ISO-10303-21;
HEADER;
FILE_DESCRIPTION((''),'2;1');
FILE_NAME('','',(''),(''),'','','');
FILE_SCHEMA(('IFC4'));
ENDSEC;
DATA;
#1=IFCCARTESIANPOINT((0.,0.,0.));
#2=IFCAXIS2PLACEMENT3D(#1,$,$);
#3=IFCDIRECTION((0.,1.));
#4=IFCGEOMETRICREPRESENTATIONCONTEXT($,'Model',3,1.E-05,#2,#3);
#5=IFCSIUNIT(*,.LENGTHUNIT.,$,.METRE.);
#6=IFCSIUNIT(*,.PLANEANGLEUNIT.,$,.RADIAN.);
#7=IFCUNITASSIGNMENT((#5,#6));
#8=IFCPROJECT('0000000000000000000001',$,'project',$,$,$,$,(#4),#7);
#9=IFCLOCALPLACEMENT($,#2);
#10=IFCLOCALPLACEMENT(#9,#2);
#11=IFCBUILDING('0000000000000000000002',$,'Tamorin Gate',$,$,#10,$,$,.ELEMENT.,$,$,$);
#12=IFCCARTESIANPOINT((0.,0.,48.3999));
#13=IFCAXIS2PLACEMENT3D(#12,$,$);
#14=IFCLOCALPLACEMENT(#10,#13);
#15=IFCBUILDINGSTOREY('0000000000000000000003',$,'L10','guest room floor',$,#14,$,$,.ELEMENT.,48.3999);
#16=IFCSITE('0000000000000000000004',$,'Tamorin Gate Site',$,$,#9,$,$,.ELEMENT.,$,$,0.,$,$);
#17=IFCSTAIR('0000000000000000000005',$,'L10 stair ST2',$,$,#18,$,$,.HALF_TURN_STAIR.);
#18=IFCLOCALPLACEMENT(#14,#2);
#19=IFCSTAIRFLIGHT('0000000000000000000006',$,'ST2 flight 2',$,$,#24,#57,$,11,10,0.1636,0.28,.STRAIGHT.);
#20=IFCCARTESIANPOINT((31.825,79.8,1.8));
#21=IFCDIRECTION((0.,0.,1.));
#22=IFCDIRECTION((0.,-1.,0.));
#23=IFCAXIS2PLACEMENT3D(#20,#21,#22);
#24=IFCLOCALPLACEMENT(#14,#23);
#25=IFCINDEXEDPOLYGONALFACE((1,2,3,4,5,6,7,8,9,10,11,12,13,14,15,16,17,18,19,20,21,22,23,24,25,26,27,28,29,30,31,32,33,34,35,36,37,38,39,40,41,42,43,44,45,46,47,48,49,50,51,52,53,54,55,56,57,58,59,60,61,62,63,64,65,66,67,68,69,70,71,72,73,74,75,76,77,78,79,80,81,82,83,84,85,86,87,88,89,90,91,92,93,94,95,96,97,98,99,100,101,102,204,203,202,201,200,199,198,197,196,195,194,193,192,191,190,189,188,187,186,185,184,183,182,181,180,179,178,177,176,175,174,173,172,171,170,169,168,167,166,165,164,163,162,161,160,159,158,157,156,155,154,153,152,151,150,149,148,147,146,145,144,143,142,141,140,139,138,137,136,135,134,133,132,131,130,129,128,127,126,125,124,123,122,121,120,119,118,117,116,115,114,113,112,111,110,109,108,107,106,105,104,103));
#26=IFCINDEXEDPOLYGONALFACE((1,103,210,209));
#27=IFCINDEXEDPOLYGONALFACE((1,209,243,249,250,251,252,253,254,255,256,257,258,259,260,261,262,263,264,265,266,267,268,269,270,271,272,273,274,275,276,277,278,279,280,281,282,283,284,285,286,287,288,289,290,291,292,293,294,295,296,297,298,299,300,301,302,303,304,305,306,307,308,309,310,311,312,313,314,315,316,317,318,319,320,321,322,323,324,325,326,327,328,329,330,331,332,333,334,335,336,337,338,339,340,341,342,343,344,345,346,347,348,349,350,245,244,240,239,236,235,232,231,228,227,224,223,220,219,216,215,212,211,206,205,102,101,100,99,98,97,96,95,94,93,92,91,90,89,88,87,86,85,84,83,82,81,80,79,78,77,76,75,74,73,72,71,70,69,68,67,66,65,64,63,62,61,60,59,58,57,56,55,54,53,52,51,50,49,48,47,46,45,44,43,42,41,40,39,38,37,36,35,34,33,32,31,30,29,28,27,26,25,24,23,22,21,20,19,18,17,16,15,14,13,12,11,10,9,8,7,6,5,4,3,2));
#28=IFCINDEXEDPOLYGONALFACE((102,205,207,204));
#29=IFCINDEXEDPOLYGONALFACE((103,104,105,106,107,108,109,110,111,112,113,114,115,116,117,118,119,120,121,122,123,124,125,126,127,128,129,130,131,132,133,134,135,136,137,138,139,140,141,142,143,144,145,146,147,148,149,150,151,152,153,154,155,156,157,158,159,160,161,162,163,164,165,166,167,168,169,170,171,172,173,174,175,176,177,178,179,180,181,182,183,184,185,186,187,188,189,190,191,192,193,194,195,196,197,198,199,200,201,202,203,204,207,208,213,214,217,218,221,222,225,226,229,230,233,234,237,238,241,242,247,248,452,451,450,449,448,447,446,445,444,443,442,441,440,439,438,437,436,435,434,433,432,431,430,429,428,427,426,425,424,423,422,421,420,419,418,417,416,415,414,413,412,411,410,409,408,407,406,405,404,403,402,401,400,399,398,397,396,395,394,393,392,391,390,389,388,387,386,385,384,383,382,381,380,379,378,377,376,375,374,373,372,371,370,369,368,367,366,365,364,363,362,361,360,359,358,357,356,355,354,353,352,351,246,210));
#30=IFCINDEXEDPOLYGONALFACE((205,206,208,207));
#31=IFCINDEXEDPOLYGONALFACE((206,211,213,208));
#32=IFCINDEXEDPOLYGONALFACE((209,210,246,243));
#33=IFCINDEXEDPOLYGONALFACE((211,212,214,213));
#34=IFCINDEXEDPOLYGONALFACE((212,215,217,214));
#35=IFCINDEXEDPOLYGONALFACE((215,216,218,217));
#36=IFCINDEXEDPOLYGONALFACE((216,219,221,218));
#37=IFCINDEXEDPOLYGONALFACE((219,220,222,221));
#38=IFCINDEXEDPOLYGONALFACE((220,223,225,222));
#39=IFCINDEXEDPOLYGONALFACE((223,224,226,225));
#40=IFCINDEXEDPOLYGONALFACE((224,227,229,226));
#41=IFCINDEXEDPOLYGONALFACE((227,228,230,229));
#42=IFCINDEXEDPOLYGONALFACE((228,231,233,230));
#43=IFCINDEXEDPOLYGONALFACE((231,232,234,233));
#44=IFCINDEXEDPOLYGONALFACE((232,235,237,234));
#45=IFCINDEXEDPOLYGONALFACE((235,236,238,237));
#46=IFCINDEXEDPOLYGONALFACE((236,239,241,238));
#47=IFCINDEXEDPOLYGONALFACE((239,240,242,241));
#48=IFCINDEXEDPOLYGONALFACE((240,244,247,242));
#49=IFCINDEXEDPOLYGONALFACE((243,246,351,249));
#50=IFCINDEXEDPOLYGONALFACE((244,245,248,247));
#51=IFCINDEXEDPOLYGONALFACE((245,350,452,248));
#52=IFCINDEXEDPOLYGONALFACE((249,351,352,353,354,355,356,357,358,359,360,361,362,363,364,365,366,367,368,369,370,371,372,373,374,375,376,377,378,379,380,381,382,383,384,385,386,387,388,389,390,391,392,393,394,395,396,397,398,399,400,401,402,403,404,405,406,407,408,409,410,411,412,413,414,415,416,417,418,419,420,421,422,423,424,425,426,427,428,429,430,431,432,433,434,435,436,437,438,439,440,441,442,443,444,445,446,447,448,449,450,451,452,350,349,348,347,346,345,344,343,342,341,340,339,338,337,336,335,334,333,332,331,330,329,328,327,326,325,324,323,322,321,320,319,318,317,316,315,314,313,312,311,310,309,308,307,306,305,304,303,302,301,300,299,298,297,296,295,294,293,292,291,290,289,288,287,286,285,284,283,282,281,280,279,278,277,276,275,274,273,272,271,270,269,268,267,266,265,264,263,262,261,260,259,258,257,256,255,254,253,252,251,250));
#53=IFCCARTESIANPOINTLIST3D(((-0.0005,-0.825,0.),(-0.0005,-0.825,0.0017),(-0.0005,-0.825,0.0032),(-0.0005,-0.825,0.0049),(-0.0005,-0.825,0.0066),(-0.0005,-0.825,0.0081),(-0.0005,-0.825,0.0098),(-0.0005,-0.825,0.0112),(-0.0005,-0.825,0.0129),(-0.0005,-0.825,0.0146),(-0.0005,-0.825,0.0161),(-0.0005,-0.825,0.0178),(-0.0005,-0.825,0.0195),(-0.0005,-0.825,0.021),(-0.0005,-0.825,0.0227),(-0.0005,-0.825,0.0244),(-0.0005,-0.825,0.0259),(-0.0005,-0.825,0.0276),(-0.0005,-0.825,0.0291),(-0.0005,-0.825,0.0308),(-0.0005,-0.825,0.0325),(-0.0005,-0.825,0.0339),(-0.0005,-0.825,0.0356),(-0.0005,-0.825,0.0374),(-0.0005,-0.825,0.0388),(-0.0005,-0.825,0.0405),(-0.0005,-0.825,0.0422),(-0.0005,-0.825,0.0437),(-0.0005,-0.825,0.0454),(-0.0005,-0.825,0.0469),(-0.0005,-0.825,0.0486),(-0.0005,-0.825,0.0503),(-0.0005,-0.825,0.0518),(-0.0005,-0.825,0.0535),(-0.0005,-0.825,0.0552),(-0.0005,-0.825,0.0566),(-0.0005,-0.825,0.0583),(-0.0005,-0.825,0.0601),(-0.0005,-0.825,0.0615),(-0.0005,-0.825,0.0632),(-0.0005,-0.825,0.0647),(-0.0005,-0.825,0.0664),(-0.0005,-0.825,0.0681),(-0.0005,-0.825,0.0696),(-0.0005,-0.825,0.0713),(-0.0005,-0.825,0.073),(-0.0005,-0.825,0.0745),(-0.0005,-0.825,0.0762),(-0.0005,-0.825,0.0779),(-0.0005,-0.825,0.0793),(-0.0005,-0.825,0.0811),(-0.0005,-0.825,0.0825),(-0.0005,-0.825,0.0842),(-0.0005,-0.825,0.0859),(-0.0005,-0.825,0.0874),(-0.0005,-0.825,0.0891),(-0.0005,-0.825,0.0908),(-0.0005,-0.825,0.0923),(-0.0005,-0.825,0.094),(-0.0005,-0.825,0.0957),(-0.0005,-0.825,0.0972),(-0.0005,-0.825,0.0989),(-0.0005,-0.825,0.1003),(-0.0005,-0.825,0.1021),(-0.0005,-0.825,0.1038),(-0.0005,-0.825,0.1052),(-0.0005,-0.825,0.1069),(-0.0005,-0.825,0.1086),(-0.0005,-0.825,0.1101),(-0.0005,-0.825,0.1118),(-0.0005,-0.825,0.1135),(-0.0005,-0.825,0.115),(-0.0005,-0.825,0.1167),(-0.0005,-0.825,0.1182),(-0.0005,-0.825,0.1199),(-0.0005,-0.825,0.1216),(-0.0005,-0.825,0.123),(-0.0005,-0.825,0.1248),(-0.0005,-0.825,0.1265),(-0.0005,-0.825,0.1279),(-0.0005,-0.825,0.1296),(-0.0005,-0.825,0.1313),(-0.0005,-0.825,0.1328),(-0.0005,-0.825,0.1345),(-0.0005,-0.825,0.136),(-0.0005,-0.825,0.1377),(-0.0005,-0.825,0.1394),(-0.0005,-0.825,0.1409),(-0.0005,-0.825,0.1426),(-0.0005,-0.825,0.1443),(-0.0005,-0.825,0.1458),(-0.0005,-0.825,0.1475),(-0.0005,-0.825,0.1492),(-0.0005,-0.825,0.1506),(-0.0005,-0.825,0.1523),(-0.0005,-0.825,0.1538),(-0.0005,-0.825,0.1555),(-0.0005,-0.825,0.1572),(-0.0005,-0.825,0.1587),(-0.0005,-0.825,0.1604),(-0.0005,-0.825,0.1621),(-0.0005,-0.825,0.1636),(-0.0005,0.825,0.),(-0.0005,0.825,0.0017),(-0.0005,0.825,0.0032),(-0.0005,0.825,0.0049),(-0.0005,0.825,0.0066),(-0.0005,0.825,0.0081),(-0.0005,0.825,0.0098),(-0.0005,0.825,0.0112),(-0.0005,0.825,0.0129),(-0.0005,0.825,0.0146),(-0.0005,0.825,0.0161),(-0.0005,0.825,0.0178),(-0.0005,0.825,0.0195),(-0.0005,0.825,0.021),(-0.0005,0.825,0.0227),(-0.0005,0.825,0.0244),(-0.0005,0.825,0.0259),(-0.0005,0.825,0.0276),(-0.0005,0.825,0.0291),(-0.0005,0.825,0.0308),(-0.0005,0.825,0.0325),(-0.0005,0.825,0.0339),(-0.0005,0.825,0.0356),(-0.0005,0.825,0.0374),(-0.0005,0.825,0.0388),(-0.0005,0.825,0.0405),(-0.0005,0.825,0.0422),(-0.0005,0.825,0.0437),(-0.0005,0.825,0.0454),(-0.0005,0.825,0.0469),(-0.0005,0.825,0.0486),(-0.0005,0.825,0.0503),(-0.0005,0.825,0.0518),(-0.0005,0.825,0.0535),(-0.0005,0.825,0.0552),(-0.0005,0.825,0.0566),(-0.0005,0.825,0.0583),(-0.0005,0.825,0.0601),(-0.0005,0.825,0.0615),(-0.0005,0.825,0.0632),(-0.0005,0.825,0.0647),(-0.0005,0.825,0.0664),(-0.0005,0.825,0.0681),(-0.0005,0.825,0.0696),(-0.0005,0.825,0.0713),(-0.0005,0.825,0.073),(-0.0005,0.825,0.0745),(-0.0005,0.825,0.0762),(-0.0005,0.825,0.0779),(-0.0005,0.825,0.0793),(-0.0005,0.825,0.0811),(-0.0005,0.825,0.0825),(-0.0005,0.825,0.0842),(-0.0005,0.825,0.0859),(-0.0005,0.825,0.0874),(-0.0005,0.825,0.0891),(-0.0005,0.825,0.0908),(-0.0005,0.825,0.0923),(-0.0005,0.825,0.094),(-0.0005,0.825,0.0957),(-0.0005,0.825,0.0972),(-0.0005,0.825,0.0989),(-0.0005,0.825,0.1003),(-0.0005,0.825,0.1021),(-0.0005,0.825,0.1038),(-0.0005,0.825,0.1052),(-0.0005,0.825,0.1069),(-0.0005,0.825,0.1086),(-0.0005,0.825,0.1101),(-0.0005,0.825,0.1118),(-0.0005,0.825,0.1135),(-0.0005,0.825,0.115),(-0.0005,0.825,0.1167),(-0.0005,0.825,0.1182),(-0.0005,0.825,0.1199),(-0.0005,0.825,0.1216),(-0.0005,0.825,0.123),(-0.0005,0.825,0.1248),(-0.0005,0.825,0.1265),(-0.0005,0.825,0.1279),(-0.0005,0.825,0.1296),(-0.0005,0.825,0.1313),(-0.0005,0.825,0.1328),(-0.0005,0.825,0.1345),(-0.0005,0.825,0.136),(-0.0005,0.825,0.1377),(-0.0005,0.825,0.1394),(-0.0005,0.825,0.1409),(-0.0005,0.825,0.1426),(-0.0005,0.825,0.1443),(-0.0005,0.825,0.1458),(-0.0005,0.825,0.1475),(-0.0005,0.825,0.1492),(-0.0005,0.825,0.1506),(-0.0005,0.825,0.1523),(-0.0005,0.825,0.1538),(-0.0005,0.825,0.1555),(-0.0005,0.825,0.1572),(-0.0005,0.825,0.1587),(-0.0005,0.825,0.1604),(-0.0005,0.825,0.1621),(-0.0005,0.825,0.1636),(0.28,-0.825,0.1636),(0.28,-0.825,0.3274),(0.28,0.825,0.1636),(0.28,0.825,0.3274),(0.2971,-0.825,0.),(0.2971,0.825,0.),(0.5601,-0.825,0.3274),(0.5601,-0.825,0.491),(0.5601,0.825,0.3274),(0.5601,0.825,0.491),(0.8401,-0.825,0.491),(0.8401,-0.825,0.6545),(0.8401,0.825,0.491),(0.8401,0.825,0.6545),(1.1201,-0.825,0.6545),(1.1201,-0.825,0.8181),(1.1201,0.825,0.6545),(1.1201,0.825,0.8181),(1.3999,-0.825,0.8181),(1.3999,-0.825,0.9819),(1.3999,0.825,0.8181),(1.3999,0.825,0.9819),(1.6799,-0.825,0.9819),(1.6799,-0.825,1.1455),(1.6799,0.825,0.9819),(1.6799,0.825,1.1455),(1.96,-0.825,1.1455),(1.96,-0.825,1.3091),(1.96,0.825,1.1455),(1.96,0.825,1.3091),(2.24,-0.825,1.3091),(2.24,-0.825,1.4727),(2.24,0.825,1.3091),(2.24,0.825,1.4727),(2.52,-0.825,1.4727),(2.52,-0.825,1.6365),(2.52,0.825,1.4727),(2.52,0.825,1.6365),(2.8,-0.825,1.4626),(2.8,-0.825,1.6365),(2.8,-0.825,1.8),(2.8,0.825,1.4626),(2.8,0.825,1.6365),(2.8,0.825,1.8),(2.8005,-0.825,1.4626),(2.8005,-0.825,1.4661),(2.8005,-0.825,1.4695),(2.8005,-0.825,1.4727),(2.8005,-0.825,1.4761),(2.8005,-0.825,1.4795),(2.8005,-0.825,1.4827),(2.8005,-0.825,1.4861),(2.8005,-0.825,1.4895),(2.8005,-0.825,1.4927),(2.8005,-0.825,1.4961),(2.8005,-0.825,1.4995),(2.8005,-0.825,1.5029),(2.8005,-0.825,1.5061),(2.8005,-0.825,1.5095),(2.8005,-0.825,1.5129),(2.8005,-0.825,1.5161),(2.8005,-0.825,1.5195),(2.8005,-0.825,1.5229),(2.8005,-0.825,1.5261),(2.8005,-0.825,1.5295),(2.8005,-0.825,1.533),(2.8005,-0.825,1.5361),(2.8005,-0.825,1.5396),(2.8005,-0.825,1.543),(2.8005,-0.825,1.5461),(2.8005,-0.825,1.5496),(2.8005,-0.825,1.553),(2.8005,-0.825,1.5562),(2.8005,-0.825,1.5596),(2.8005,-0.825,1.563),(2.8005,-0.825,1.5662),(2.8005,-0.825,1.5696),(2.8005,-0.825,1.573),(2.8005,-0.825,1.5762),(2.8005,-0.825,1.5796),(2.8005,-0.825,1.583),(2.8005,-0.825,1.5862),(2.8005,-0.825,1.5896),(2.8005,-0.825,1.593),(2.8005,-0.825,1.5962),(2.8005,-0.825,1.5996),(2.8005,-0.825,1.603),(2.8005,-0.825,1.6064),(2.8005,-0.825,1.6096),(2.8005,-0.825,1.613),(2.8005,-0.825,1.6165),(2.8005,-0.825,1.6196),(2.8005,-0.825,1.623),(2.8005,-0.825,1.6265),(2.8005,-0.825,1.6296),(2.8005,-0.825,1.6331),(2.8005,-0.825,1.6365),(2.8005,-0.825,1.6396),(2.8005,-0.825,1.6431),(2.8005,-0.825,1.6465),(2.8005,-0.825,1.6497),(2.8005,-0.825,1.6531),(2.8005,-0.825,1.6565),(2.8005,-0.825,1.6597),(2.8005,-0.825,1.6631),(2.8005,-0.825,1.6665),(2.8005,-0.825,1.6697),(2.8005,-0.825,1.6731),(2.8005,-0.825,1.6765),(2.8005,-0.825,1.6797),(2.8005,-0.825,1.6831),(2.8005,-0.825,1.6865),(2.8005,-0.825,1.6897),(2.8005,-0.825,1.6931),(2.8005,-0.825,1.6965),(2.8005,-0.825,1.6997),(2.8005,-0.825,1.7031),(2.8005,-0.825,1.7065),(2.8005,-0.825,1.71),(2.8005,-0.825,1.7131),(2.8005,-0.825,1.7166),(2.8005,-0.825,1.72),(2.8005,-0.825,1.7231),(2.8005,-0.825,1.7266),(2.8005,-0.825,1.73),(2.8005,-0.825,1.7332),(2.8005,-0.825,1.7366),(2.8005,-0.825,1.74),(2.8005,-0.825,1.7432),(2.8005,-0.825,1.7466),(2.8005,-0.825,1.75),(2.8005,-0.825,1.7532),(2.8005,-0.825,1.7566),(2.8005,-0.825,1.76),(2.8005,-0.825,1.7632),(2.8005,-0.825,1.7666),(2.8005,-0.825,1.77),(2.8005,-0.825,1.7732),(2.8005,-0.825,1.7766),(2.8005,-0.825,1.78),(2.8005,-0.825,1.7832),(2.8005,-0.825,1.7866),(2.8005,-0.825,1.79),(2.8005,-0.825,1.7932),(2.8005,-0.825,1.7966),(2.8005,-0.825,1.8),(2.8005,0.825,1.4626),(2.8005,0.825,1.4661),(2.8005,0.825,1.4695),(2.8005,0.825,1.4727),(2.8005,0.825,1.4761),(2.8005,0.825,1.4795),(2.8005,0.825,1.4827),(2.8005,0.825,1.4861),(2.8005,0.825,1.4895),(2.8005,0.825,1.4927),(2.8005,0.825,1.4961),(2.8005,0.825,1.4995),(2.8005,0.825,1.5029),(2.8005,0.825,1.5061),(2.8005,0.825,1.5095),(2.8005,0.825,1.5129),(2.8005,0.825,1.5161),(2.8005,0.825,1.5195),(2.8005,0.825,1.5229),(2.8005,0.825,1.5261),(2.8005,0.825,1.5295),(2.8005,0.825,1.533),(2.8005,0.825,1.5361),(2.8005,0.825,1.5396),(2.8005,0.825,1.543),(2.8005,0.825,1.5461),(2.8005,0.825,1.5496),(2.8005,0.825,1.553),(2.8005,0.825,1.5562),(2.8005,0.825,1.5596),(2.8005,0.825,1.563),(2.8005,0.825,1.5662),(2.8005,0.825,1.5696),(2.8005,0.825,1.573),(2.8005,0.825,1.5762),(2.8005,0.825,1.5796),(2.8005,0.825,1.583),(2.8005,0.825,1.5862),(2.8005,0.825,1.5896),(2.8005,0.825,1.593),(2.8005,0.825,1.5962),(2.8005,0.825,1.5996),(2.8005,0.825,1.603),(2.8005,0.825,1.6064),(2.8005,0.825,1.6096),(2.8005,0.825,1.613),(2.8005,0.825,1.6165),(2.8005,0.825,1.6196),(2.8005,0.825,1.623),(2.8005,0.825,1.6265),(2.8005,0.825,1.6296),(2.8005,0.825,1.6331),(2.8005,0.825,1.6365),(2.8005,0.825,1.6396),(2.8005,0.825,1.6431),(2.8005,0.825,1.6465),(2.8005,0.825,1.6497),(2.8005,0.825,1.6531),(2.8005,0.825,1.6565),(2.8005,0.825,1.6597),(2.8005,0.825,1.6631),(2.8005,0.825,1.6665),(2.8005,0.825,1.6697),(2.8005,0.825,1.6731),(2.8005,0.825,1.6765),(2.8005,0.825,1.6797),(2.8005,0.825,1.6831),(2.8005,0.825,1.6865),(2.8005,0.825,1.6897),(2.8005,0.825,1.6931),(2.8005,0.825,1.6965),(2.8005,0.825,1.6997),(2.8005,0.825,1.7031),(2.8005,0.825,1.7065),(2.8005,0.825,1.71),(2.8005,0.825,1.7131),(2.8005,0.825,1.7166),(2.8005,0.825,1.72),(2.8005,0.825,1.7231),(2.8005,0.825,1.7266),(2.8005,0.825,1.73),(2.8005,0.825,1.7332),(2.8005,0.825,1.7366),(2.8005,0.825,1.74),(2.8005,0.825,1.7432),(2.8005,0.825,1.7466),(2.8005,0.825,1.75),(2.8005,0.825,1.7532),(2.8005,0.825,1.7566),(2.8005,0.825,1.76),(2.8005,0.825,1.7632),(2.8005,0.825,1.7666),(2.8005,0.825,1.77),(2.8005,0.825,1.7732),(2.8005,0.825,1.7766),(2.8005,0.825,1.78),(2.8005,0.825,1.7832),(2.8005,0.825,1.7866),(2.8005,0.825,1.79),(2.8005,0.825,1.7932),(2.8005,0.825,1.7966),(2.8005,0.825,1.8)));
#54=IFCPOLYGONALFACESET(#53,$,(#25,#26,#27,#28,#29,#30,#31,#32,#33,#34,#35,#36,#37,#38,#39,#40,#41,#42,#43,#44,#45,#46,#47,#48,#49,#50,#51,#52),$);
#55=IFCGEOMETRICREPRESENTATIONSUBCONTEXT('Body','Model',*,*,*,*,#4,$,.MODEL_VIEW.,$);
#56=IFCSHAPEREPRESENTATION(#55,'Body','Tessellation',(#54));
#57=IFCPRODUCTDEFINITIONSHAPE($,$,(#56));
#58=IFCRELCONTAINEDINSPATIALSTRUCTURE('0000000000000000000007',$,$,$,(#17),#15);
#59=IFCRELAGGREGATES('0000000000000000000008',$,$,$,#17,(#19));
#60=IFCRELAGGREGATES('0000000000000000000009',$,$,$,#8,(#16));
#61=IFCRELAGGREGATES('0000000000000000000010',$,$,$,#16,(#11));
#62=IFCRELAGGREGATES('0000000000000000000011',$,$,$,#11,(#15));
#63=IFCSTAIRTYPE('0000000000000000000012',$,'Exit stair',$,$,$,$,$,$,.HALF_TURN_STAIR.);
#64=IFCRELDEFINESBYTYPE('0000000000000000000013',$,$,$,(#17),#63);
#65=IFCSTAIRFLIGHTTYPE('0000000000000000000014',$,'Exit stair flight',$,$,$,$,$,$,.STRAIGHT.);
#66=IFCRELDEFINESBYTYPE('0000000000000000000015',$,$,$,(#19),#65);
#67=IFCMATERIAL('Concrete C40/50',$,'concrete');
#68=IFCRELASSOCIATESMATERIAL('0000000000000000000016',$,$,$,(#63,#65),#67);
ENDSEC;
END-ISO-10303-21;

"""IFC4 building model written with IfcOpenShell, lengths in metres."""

from ifc_helpers import new_model, si_unit, direction, frame, origin, place, context, subcontext, project, spatial, polyline, outline, extrude, material, type_object, element, aggregate, save


model = new_model("IFC4")

# Units and contexts
model_context = context("Model", 3, precision=1e-05, world=origin(), true_north=direction((0.0, 1.0)))
body_context = subcontext(model_context, "Body", "Model", "MODEL_VIEW")
ifc_project = project(units=[si_unit("LENGTHUNIT", "METRE"), si_unit("PLANEANGLEUNIT", "RADIAN")], contexts=[model_context])

# Site, building, storey
site_placement = place(None, origin())
site = spatial("IfcSite", under=ifc_project, at=site_placement, Name="Tamorin Gate Site", CompositionType="ELEMENT", RefElevation=0.0)
building_placement = place(site_placement, origin())
building = spatial("IfcBuilding", under=site, at=building_placement, Name="Tamorin Gate", CompositionType="ELEMENT")
storey_placement = place(building_placement, frame((0.0, 0.0, 48.3999)))
storey = spatial("IfcBuildingStorey", under=building, at=storey_placement, Name="L10", Description="guest room floor", CompositionType="ELEMENT", Elevation=48.3999)

# Shared definitions
ifc_material_1 = material(Name="Concrete C40/50", Category="concrete")

# Stair, stair flight
stair_type = type_object("IfcStairType", Name="Exit stair", PredefinedType="HALF_TURN_STAIR", material=ifc_material_1)
stair_placement = place(storey_placement, origin())
stair = element("IfcStair", 1, at=stair_placement, inside=storey, type_object=stair_type, Name="L10 stair ST2", PredefinedType="HALF_TURN_STAIR")
stair_flight_type = type_object("IfcStairFlightType", Name="Exit stair flight", PredefinedType="STRAIGHT", material=ifc_material_1)
stair_flight_1_placement = place(storey_placement, frame((31.825, 79.8, 1.8), z_axis=(0.0, 0.0, 1.0), x_axis=(0.0, -1.0, 0.0)))
stair_flight_1 = element("IfcStairFlight", 2, at=stair_flight_1_placement, type_object=stair_flight_type, Name="ST2 flight 2", NumberOfRisers=11, NumberOfTreads=10, PredefinedType="STRAIGHT", RiserHeight=0.1636, TreadLength=0.28, context=body_context, shape_type="SweptSolid", body=[
    extrude(outline(polyline([(-0.0005, 0.0), (-0.0005, 0.0017), (-0.0005, 0.0032), (-0.0005, 0.0049), (-0.0005, 0.0066), (-0.0005, 0.0081), (-0.0005, 0.0098), (-0.0005, 0.0112), (-0.0005, 0.0129), (-0.0005, 0.0146), (-0.0005, 0.0161), (-0.0005, 0.0178), (-0.0005, 0.0195), (-0.0005, 0.021), (-0.0005, 0.0227), (-0.0005, 0.0244), (-0.0005, 0.0259), (-0.0005, 0.0276), (-0.0005, 0.0291), (-0.0005, 0.0308), (-0.0005, 0.0325), (-0.0005, 0.0339), (-0.0005, 0.0356), (-0.0005, 0.0374), (-0.0005, 0.0388), (-0.0005, 0.0405), (-0.0005, 0.0422), (-0.0005, 0.0437), (-0.0005, 0.0454), (-0.0005, 0.0469), (-0.0005, 0.0486), (-0.0005, 0.0503), (-0.0005, 0.0518), (-0.0005, 0.0535), (-0.0005, 0.0552), (-0.0005, 0.0566), (-0.0005, 0.0583), (-0.0005, 0.0601), (-0.0005, 0.0615), (-0.0005, 0.0632), (-0.0005, 0.0647), (-0.0005, 0.0664), (-0.0005, 0.0681), (-0.0005, 0.0696), (-0.0005, 0.0713), (-0.0005, 0.073), (-0.0005, 0.0745), (-0.0005, 0.0762), (-0.0005, 0.0779), (-0.0005, 0.0793), (-0.0005, 0.0811), (-0.0005, 0.0825), (-0.0005, 0.0842), (-0.0005, 0.0859), (-0.0005, 0.0874), (-0.0005, 0.0891), (-0.0005, 0.0908), (-0.0005, 0.0923), (-0.0005, 0.094), (-0.0005, 0.0957), (-0.0005, 0.0972), (-0.0005, 0.0989), (-0.0005, 0.1003), (-0.0005, 0.1021), (-0.0005, 0.1038), (-0.0005, 0.1052), (-0.0005, 0.1069), (-0.0005, 0.1086), (-0.0005, 0.1101), (-0.0005, 0.1118), (-0.0005, 0.1135), (-0.0005, 0.115), (-0.0005, 0.1167), (-0.0005, 0.1182), (-0.0005, 0.1199), (-0.0005, 0.1216), (-0.0005, 0.123), (-0.0005, 0.1248), (-0.0005, 0.1265), (-0.0005, 0.1279), (-0.0005, 0.1296), (-0.0005, 0.1313), (-0.0005, 0.1328), (-0.0005, 0.1345), (-0.0005, 0.136), (-0.0005, 0.1377), (-0.0005, 0.1394), (-0.0005, 0.1409), (-0.0005, 0.1426), (-0.0005, 0.1443), (-0.0005, 0.1458), (-0.0005, 0.1475), (-0.0005, 0.1492), (-0.0005, 0.1506), (-0.0005, 0.1523), (-0.0005, 0.1538), (-0.0005, 0.1555), (-0.0005, 0.1572), (-0.0005, 0.1587), (-0.0005, 0.1604), (-0.0005, 0.1621), (-0.0005, 0.1636), (0.28, 0.1636), (0.28, 0.3274), (0.5601, 0.3274), (0.5601, 0.491), (0.8401, 0.491), (0.8401, 0.6545), (1.1201, 0.6545), (1.1201, 0.8181), (1.3999, 0.8181), (1.3999, 0.9819), (1.6799, 0.9819), (1.6799, 1.1455), (1.96, 1.1455), (1.96, 1.3091), (2.24, 1.3091), (2.24, 1.4727), (2.52, 1.4727), (2.52, 1.6365), (2.8, 1.6365), (2.8, 1.8), (2.8005, 1.8), (2.8005, 1.7966), (2.8005, 1.7932), (2.8005, 1.79), (2.8005, 1.7866), (2.8005, 1.7832), (2.8005, 1.78), (2.8005, 1.7766), (2.8005, 1.7732), (2.8005, 1.77), (2.8005, 1.7666), (2.8005, 1.7632), (2.8005, 1.76), (2.8005, 1.7566), (2.8005, 1.7532), (2.8005, 1.75), (2.8005, 1.7466), (2.8005, 1.7432), (2.8005, 1.74), (2.8005, 1.7366), (2.8005, 1.7332), (2.8005, 1.73), (2.8005, 1.7266), (2.8005, 1.7231), (2.8005, 1.72), (2.8005, 1.7166), (2.8005, 1.7131), (2.8005, 1.71), (2.8005, 1.7065), (2.8005, 1.7031), (2.8005, 1.6997), (2.8005, 1.6965), (2.8005, 1.6931), (2.8005, 1.6897), (2.8005, 1.6865), (2.8005, 1.6831), (2.8005, 1.6797), (2.8005, 1.6765), (2.8005, 1.6731), (2.8005, 1.6697), (2.8005, 1.6665), (2.8005, 1.6631), (2.8005, 1.6597), (2.8005, 1.6565), (2.8005, 1.6531), (2.8005, 1.6497), (2.8005, 1.6465), (2.8005, 1.6431), (2.8005, 1.6396), (2.8005, 1.6365), (2.8005, 1.6331), (2.8005, 1.6296), (2.8005, 1.6265), (2.8005, 1.623), (2.8005, 1.6196), (2.8005, 1.6165), (2.8005, 1.613), (2.8005, 1.6096), (2.8005, 1.6064), (2.8005, 1.603), (2.8005, 1.5996), (2.8005, 1.5962), (2.8005, 1.593), (2.8005, 1.5896), (2.8005, 1.5862), (2.8005, 1.583), (2.8005, 1.5796), (2.8005, 1.5762), (2.8005, 1.573), (2.8005, 1.5696), (2.8005, 1.5662), (2.8005, 1.563), (2.8005, 1.5596), (2.8005, 1.5562), (2.8005, 1.553), (2.8005, 1.5496), (2.8005, 1.5461), (2.8005, 1.543), (2.8005, 1.5396), (2.8005, 1.5361), (2.8005, 1.533), (2.8005, 1.5295), (2.8005, 1.5261), (2.8005, 1.5229), (2.8005, 1.5195), (2.8005, 1.5161), (2.8005, 1.5129), (2.8005, 1.5095), (2.8005, 1.5061), (2.8005, 1.5029), (2.8005, 1.4995), (2.8005, 1.4961), (2.8005, 1.4927), (2.8005, 1.4895), (2.8005, 1.4861), (2.8005, 1.4827), (2.8005, 1.4795), (2.8005, 1.4761), (2.8005, 1.4727), (2.8005, 1.4695), (2.8005, 1.4661), (2.8005, 1.4626), (2.8, 1.4626), (0.2971, 0.0), (-0.0005, 0.0)])), frame((0.0, 0.825, 0.0), z_axis=(0.0, -1.0, 0.0), x_axis=(1.0, 0.0, 0.0)), (0.0, 0.0, 1.0), 1.6499),
])
aggregate(stair, [stair_flight_1])

save(model, "model.ifc")
